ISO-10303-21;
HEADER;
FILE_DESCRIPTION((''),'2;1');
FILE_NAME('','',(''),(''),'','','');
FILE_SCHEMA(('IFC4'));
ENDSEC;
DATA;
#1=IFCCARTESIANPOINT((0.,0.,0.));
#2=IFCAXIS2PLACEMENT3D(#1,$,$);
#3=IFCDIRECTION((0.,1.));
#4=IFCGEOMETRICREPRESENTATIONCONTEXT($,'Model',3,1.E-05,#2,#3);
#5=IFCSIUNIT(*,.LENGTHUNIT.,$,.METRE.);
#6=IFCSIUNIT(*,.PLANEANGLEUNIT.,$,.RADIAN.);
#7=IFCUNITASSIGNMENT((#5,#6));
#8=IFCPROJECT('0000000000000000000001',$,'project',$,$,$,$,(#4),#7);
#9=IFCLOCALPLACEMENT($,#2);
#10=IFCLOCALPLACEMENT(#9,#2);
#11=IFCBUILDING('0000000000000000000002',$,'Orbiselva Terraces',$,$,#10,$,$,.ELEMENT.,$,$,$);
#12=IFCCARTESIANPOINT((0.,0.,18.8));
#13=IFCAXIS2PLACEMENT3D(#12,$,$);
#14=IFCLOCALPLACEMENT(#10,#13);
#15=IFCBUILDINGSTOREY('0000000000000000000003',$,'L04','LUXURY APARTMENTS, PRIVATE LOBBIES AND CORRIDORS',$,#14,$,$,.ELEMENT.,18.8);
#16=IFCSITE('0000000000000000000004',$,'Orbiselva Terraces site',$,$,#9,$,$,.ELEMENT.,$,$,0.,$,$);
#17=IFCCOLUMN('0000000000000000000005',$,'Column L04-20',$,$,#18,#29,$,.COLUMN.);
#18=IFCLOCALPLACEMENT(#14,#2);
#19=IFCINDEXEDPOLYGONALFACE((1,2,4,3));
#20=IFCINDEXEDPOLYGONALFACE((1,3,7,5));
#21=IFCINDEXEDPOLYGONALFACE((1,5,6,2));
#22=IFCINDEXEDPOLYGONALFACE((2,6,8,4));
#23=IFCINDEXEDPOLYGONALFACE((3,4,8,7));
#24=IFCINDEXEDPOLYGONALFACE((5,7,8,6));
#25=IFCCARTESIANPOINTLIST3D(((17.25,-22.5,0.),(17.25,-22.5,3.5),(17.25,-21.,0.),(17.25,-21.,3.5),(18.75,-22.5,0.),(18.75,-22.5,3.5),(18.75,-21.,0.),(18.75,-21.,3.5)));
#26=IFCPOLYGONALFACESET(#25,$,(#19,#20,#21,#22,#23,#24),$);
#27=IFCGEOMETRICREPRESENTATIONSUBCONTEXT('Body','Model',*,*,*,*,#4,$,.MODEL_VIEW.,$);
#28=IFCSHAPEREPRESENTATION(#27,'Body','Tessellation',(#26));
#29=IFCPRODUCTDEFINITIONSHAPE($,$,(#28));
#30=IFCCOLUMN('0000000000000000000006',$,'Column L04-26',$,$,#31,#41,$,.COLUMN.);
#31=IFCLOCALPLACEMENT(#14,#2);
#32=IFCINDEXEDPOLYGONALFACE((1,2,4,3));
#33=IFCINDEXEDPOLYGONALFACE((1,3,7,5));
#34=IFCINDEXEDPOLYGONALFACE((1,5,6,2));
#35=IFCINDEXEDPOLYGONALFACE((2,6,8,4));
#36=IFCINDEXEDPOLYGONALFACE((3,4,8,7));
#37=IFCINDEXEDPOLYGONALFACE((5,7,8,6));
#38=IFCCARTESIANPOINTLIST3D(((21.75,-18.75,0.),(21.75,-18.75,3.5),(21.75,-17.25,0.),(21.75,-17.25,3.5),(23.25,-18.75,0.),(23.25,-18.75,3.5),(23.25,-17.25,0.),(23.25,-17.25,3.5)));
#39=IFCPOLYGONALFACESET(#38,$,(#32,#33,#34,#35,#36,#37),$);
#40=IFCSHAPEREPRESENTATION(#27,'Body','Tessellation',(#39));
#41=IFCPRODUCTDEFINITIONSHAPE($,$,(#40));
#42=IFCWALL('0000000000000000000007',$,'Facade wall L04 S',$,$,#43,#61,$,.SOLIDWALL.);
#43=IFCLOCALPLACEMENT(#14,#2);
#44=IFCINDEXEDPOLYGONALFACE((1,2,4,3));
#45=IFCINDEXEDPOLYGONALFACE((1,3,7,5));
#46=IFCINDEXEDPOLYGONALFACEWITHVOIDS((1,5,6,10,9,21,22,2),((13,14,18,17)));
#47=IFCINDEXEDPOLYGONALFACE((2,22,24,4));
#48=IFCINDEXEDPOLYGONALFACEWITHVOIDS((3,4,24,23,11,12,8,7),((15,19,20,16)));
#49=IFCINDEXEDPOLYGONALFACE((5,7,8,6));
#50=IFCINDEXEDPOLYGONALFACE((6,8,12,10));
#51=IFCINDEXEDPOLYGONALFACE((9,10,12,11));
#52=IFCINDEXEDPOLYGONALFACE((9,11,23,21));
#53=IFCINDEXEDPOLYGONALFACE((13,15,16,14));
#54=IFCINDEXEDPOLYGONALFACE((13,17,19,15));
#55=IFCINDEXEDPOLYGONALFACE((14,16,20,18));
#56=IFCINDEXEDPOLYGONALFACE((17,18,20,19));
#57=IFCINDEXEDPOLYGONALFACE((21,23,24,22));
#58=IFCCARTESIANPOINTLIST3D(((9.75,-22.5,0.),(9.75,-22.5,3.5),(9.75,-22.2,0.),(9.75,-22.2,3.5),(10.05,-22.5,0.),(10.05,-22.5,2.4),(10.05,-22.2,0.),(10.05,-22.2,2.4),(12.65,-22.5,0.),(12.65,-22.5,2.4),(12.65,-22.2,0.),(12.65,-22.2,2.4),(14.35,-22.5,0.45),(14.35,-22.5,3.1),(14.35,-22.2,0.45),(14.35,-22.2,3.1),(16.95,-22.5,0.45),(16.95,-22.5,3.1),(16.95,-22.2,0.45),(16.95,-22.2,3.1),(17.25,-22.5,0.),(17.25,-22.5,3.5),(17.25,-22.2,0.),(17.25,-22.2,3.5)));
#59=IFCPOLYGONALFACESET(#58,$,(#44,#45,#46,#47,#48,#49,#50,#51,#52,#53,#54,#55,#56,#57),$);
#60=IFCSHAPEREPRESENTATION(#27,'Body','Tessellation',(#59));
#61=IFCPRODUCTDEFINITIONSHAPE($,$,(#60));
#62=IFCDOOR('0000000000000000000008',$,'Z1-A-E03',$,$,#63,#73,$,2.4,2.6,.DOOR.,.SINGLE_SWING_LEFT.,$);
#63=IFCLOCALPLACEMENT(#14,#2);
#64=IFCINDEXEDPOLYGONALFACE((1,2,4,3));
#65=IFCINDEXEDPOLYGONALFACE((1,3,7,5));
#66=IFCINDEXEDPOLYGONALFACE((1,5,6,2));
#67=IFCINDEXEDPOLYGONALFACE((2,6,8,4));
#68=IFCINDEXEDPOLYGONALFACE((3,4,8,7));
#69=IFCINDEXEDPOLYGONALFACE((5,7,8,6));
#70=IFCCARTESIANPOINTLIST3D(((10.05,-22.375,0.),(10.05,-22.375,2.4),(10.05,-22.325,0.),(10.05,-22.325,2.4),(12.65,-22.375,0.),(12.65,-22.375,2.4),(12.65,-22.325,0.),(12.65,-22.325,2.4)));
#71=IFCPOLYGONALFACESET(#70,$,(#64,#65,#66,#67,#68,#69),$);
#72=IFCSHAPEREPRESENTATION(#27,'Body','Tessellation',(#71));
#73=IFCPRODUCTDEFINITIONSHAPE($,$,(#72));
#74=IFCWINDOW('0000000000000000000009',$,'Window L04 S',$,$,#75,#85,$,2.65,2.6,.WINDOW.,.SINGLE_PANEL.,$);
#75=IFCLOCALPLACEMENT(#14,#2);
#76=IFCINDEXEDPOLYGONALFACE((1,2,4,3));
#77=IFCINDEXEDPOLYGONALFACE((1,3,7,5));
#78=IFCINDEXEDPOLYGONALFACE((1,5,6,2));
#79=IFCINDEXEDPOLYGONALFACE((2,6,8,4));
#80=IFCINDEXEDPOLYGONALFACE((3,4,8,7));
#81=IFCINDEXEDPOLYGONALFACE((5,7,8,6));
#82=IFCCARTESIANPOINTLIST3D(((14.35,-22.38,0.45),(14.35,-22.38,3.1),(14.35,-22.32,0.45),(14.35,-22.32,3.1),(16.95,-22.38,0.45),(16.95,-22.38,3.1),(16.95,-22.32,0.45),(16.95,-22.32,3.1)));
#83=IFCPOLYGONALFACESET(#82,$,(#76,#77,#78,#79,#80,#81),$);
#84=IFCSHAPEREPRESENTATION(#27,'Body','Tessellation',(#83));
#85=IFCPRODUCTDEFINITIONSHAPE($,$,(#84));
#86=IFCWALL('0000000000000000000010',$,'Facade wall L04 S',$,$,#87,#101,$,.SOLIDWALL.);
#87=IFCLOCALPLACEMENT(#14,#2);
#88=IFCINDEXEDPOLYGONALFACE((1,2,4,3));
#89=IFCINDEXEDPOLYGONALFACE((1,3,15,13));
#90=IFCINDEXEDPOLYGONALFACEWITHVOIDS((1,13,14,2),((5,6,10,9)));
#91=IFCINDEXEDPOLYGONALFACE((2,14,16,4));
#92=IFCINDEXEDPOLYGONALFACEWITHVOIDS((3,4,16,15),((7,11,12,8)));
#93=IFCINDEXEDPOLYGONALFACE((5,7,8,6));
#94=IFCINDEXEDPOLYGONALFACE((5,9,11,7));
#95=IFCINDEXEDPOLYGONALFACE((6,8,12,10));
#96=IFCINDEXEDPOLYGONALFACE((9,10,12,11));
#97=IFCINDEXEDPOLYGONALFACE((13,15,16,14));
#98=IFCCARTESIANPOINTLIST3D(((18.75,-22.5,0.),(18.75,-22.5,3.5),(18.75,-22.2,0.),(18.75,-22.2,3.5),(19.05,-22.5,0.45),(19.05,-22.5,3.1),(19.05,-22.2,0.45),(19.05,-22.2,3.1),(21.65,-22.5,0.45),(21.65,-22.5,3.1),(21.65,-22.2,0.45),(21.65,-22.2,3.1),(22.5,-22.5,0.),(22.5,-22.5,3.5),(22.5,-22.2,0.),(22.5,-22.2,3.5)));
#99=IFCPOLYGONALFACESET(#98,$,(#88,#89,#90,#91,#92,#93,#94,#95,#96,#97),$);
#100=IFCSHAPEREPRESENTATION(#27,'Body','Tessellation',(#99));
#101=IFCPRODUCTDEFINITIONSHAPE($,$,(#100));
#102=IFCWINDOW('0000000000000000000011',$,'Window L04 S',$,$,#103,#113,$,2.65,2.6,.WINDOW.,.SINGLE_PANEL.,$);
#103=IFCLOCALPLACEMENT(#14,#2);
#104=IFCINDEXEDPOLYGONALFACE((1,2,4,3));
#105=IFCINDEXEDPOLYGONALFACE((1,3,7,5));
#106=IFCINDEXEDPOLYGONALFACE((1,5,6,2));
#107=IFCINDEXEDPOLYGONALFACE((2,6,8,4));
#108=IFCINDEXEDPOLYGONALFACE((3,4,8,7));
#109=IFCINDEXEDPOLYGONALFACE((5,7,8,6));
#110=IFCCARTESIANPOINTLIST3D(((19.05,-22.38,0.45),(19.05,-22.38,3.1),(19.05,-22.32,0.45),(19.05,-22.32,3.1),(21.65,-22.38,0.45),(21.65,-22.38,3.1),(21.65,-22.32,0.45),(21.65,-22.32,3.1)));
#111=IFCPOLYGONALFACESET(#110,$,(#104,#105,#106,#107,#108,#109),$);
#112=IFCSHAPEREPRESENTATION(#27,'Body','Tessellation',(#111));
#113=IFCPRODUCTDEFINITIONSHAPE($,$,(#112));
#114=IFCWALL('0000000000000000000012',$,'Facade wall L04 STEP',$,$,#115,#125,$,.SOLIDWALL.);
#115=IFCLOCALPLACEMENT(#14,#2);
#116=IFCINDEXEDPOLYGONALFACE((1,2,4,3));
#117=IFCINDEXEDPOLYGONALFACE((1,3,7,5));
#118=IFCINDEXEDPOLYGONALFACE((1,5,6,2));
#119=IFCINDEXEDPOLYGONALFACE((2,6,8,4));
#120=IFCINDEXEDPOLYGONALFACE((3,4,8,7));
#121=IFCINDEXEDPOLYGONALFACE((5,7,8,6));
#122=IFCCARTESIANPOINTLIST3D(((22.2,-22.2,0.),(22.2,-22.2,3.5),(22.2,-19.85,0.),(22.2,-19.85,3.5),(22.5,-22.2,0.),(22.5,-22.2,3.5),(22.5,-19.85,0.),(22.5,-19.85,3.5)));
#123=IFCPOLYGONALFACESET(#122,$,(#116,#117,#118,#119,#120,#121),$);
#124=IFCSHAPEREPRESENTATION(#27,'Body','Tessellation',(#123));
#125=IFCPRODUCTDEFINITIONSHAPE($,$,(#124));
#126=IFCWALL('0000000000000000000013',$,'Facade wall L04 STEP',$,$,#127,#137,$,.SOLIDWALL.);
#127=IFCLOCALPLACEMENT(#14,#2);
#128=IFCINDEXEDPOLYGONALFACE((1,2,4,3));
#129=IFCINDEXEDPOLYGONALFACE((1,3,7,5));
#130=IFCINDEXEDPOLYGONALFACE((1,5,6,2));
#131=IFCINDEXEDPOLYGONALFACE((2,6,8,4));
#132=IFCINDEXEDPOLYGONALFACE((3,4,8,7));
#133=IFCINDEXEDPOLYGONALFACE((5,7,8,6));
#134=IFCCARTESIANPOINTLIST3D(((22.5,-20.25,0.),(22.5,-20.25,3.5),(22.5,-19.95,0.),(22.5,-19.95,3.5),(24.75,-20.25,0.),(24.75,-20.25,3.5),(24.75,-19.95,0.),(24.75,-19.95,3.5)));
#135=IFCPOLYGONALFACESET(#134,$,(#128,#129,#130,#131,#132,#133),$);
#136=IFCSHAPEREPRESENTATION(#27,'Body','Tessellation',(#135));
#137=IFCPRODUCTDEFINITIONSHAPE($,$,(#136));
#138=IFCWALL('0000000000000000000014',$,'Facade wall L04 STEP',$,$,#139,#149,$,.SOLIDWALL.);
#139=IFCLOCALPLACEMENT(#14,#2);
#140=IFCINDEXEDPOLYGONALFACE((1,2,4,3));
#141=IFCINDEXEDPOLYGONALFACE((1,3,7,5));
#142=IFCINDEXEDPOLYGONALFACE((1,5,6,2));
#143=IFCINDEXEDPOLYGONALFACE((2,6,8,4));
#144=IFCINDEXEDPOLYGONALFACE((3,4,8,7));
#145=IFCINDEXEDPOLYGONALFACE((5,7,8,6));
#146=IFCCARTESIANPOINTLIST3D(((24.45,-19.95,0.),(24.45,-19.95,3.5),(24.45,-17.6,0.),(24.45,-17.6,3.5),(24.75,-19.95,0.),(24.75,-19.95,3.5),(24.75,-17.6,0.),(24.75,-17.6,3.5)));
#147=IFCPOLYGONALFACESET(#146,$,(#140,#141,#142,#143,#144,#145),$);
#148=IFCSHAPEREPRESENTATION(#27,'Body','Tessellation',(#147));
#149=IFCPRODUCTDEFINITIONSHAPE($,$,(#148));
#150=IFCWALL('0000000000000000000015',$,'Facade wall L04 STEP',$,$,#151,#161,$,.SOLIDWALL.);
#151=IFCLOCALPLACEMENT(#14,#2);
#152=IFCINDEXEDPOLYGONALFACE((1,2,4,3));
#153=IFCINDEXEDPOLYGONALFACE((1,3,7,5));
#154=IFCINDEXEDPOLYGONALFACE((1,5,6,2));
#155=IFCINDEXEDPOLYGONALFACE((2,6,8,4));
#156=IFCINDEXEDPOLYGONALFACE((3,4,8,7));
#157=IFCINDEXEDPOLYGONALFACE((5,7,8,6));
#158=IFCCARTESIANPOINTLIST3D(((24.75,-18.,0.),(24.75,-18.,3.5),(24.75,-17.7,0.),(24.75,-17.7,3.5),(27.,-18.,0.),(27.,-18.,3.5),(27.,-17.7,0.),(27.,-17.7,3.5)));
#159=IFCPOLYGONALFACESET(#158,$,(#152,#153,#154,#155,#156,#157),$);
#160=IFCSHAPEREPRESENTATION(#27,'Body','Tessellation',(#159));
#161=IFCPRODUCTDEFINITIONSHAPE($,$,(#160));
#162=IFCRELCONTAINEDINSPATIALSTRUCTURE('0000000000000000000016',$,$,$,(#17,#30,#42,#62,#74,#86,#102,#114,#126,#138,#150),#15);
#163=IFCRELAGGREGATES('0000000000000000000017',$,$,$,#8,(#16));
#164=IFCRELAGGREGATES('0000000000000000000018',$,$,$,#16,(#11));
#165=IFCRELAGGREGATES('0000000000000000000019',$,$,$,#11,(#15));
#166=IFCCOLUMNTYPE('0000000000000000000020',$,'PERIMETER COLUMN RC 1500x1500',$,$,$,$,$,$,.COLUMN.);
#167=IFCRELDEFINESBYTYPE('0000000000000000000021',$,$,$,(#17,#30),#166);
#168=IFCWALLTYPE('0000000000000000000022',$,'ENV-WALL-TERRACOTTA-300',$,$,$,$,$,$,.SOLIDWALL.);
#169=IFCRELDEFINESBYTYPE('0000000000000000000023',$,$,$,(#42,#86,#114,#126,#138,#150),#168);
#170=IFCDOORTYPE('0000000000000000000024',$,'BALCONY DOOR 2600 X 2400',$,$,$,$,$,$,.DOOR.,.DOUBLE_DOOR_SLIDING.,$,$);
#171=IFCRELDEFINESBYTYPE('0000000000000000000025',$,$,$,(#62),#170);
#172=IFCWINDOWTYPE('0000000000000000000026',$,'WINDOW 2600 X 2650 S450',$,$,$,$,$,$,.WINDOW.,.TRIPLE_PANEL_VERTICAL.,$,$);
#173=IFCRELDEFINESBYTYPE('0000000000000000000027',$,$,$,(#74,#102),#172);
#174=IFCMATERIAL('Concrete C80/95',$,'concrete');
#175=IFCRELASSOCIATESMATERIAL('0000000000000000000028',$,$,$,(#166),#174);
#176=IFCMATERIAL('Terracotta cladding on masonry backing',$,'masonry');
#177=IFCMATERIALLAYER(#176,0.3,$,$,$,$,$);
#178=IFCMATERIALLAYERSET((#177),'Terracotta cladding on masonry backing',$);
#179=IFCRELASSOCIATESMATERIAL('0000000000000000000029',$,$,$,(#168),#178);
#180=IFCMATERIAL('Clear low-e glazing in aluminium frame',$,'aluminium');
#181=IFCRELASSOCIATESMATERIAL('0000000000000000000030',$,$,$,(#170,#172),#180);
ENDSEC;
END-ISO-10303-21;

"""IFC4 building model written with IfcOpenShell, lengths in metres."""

from ifc_helpers import new_model, si_unit, direction, frame, frame_2d, origin, origin_2d, place, context, subcontext, project, spatial, rectangle, extrude, material, layer, layer_set, material_profile, profile_set, type_object, element, fill, save


model = new_model("IFC4")

# Units and contexts
model_context = context("Model", 3, precision=1e-05, world=origin(), true_north=direction((0.0, 1.0)))
body_context = subcontext(model_context, "Body", "Model", "MODEL_VIEW")
ifc_project = project(units=[si_unit("LENGTHUNIT", "METRE"), si_unit("PLANEANGLEUNIT", "RADIAN")], contexts=[model_context])

# Site, building, storey
site_placement = place(None, origin())
site = spatial("IfcSite", under=ifc_project, at=site_placement, Name="Orbiselva Terraces site", CompositionType="ELEMENT", RefElevation=0.0)
building_placement = place(site_placement, origin())
building = spatial("IfcBuilding", under=site, at=building_placement, Name="Orbiselva Terraces", CompositionType="ELEMENT")
storey_placement = place(building_placement, frame((0.0, 0.0, 18.8)))
storey = spatial("IfcBuildingStorey", under=building, at=storey_placement, Name="L04", Description="LUXURY APARTMENTS, PRIVATE LOBBIES AND CORRIDORS", CompositionType="ELEMENT", Elevation=18.8)

# Columns
ifc_material_1 = material(Name="Concrete C80/95", Category="concrete")
ifc_material_profile = material_profile(ifc_material_1, rectangle(XDim=1.5, YDim=1.5, at=origin_2d()), Name="RC 1500x1500")
ifc_profile_set = profile_set([ifc_material_profile], Name="Concrete C80/95")
column_type = type_object("IfcColumnType", Name="PERIMETER COLUMN RC 1500x1500", PredefinedType="COLUMN", material=ifc_profile_set)
for number, where, z_axis, x_axis, name in (
    (1, (18.0, -21.75, 0.0), (0.0, 0.0, 1.0), (1.0, 0.0, 0.0), "Column L04-20"),
    (2, (22.5, -18.0, 0.0), (0.0, 0.0, 1.0), (1.0, 0.0, 0.0), "Column L04-26"),
):
    element("IfcColumn", number, at=place(storey_placement, frame(where, z_axis=z_axis, x_axis=x_axis)), inside=storey, type_object=column_type, Name=name, PredefinedType="COLUMN", context=body_context, shape_type="SweptSolid", body=[
        extrude(rectangle(XDim=1.5, YDim=1.5, at=origin_2d()), origin(), (0.0, 0.0, 1.0), 3.5),
    ])

# Wall, openings, door, window
ifc_material_2 = material(Name="Terracotta cladding on masonry backing", Category="masonry")
ifc_layer_1 = layer(ifc_material_2, 0.3)
ifc_layer_set_1 = layer_set([ifc_layer_1], Name="Terracotta cladding on masonry backing")
wall_type_1 = type_object("IfcWallType", Name="ENV-WALL-TERRACOTTA-300", PredefinedType="SOLIDWALL", material=ifc_layer_set_1)
wall_1_placement = place(storey_placement, frame((17.25, -22.35, 0.0), z_axis=(0.0, 0.0, 1.0), x_axis=(-1.0, 0.0, 0.0)))
wall_1 = element("IfcWall", 3, at=wall_1_placement, inside=storey, type_object=wall_type_1, Name="Facade wall L04 S", PredefinedType="SOLIDWALL", context=body_context, shape_type="SweptSolid", body=[
    extrude(rectangle(XDim=7.5, YDim=0.3, at=frame_2d((3.75, 0.0))), origin(), (0.0, 0.0, 1.0), 3.5),
])
opening_1_placement = place(wall_1_placement, frame((4.6, 0.0, 0.0)))
opening_1 = element("IfcOpeningElement", 4, at=opening_1_placement, cuts=wall_1, PredefinedType="OPENING", context=body_context, shape_type="SweptSolid", body=[
    extrude(rectangle(XDim=2.6, YDim=2.4, at=frame_2d((1.3, 1.2))), frame((0.0, 0.16, 0.0), z_axis=(0.0, -1.0, 0.0), x_axis=(1.0, 0.0, 0.0)), (0.0, 0.0, 1.0), 0.32),
])
opening_2_placement = place(wall_1_placement, frame((0.3, 0.0, 0.45)))
opening_2 = element("IfcOpeningElement", 5, at=opening_2_placement, cuts=wall_1, PredefinedType="OPENING", context=body_context, shape_type="SweptSolid", body=[
    extrude(rectangle(XDim=2.6, YDim=2.65, at=frame_2d((1.3, 1.325))), frame((0.0, 0.16, 0.0), z_axis=(0.0, -1.0, 0.0), x_axis=(1.0, 0.0, 0.0)), (0.0, 0.0, 1.0), 0.32),
])
ifc_material_3 = material(Name="Clear low-e glazing in aluminium frame", Category="aluminium")
door_type_1 = type_object("IfcDoorType", Name="BALCONY DOOR 2600 X 2400", OperationType="DOUBLE_DOOR_SLIDING", PredefinedType="DOOR", material=ifc_material_3)
door_1_placement = place(opening_1_placement, origin())
door_1 = element("IfcDoor", 6, at=door_1_placement, inside=storey, type_object=door_type_1, Name="Z1-A-E03", OperationType="SINGLE_SWING_LEFT", OverallHeight=2.4, OverallWidth=2.6, PredefinedType="DOOR", context=body_context, shape_type="SweptSolid", body=[
    extrude(rectangle(XDim=2.6, YDim=2.4, at=frame_2d((1.3, 1.2))), frame((0.0, 0.025, 0.0), z_axis=(0.0, -1.0, 0.0), x_axis=(1.0, 0.0, 0.0)), (0.0, 0.0, 1.0), 0.05),
])
fill(opening_1, door_1)
window_type = type_object("IfcWindowType", Name="WINDOW 2600 X 2650 S450", PartitioningType="TRIPLE_PANEL_VERTICAL", PredefinedType="WINDOW", material=ifc_material_3)
window_1_placement = place(opening_2_placement, origin())
window_1 = element("IfcWindow", 7, at=window_1_placement, inside=storey, type_object=window_type, Name="Window L04 S", OverallHeight=2.65, OverallWidth=2.6, PartitioningType="SINGLE_PANEL", PredefinedType="WINDOW", context=body_context, shape_type="SweptSolid", body=[
    extrude(rectangle(XDim=2.6, YDim=2.65, at=frame_2d((1.3, 1.325))), frame((0.0, 0.03, 0.0), z_axis=(0.0, -1.0, 0.0), x_axis=(1.0, 0.0, 0.0)), (0.0, 0.0, 1.0), 0.06),
])
fill(opening_2, window_1)

# Wall, opening, window
wall_2_placement = place(storey_placement, frame((22.5, -22.35, 0.0), z_axis=(0.0, 0.0, 1.0), x_axis=(-1.0, 0.0, 0.0)))
wall_2 = element("IfcWall", 8, at=wall_2_placement, inside=storey, type_object=wall_type_1, Name="Facade wall L04 S", PredefinedType="SOLIDWALL", context=body_context, shape_type="SweptSolid", body=[
    extrude(rectangle(XDim=3.75, YDim=0.3, at=frame_2d((1.875, 0.0))), origin(), (0.0, 0.0, 1.0), 3.5),
])
opening_3_placement = place(wall_2_placement, frame((0.85, 0.0, 0.45)))
opening_3 = element("IfcOpeningElement", 9, at=opening_3_placement, cuts=wall_2, PredefinedType="OPENING", context=body_context, shape_type="SweptSolid", body=[
    extrude(rectangle(XDim=2.6, YDim=2.65, at=frame_2d((1.3, 1.325))), frame((0.0, 0.16, 0.0), z_axis=(0.0, -1.0, 0.0), x_axis=(1.0, 0.0, 0.0)), (0.0, 0.0, 1.0), 0.32),
])
window_2_placement = place(opening_3_placement, origin())
window_2 = element("IfcWindow", 10, at=window_2_placement, inside=storey, type_object=window_type, Name="Window L04 S", OverallHeight=2.65, OverallWidth=2.6, PartitioningType="SINGLE_PANEL", PredefinedType="WINDOW", context=body_context, shape_type="SweptSolid", body=[
    extrude(rectangle(XDim=2.6, YDim=2.65, at=frame_2d((1.3, 1.325))), frame((0.0, 0.03, 0.0), z_axis=(0.0, -1.0, 0.0), x_axis=(1.0, 0.0, 0.0)), (0.0, 0.0, 1.0), 0.06),
])
fill(opening_3, window_2)

# Walls
wall_3_placement = place(storey_placement, frame((22.35, -19.85, 0.0), z_axis=(0.0, 0.0, 1.0), x_axis=(0.0, -1.0, 0.0)))
element("IfcWall", 11, at=wall_3_placement, inside=storey, type_object=wall_type_1, Name="Facade wall L04 STEP", PredefinedType="SOLIDWALL", context=body_context, shape_type="SweptSolid", body=[
    extrude(rectangle(XDim=2.35, YDim=0.3, at=frame_2d((1.175, 0.0))), origin(), (0.0, 0.0, 1.0), 3.5),
])
wall_4_placement = place(storey_placement, frame((24.75, -20.1, 0.0), z_axis=(0.0, 0.0, 1.0), x_axis=(-1.0, 0.0, 0.0)))
element("IfcWall", 12, at=wall_4_placement, inside=storey, type_object=wall_type_1, Name="Facade wall L04 STEP", PredefinedType="SOLIDWALL", context=body_context, shape_type="SweptSolid", body=[
    extrude(rectangle(XDim=2.25, YDim=0.3, at=frame_2d((1.125, 0.0))), origin(), (0.0, 0.0, 1.0), 3.5),
])
wall_5_placement = place(storey_placement, frame((24.6, -17.6, 0.0), z_axis=(0.0, 0.0, 1.0), x_axis=(0.0, -1.0, 0.0)))
element("IfcWall", 13, at=wall_5_placement, inside=storey, type_object=wall_type_1, Name="Facade wall L04 STEP", PredefinedType="SOLIDWALL", context=body_context, shape_type="SweptSolid", body=[
    extrude(rectangle(XDim=2.35, YDim=0.3, at=frame_2d((1.175, 0.0))), origin(), (0.0, 0.0, 1.0), 3.5),
])
wall_6_placement = place(storey_placement, frame((27.0, -17.85, 0.0), z_axis=(0.0, 0.0, 1.0), x_axis=(-1.0, 0.0, 0.0)))
element("IfcWall", 14, at=wall_6_placement, inside=storey, type_object=wall_type_1, Name="Facade wall L04 STEP", PredefinedType="SOLIDWALL", context=body_context, shape_type="SweptSolid", body=[
    extrude(rectangle(XDim=2.25, YDim=0.3, at=frame_2d((1.125, 0.0))), origin(), (0.0, 0.0, 1.0), 3.5),
])

save(model, "model.ifc")
